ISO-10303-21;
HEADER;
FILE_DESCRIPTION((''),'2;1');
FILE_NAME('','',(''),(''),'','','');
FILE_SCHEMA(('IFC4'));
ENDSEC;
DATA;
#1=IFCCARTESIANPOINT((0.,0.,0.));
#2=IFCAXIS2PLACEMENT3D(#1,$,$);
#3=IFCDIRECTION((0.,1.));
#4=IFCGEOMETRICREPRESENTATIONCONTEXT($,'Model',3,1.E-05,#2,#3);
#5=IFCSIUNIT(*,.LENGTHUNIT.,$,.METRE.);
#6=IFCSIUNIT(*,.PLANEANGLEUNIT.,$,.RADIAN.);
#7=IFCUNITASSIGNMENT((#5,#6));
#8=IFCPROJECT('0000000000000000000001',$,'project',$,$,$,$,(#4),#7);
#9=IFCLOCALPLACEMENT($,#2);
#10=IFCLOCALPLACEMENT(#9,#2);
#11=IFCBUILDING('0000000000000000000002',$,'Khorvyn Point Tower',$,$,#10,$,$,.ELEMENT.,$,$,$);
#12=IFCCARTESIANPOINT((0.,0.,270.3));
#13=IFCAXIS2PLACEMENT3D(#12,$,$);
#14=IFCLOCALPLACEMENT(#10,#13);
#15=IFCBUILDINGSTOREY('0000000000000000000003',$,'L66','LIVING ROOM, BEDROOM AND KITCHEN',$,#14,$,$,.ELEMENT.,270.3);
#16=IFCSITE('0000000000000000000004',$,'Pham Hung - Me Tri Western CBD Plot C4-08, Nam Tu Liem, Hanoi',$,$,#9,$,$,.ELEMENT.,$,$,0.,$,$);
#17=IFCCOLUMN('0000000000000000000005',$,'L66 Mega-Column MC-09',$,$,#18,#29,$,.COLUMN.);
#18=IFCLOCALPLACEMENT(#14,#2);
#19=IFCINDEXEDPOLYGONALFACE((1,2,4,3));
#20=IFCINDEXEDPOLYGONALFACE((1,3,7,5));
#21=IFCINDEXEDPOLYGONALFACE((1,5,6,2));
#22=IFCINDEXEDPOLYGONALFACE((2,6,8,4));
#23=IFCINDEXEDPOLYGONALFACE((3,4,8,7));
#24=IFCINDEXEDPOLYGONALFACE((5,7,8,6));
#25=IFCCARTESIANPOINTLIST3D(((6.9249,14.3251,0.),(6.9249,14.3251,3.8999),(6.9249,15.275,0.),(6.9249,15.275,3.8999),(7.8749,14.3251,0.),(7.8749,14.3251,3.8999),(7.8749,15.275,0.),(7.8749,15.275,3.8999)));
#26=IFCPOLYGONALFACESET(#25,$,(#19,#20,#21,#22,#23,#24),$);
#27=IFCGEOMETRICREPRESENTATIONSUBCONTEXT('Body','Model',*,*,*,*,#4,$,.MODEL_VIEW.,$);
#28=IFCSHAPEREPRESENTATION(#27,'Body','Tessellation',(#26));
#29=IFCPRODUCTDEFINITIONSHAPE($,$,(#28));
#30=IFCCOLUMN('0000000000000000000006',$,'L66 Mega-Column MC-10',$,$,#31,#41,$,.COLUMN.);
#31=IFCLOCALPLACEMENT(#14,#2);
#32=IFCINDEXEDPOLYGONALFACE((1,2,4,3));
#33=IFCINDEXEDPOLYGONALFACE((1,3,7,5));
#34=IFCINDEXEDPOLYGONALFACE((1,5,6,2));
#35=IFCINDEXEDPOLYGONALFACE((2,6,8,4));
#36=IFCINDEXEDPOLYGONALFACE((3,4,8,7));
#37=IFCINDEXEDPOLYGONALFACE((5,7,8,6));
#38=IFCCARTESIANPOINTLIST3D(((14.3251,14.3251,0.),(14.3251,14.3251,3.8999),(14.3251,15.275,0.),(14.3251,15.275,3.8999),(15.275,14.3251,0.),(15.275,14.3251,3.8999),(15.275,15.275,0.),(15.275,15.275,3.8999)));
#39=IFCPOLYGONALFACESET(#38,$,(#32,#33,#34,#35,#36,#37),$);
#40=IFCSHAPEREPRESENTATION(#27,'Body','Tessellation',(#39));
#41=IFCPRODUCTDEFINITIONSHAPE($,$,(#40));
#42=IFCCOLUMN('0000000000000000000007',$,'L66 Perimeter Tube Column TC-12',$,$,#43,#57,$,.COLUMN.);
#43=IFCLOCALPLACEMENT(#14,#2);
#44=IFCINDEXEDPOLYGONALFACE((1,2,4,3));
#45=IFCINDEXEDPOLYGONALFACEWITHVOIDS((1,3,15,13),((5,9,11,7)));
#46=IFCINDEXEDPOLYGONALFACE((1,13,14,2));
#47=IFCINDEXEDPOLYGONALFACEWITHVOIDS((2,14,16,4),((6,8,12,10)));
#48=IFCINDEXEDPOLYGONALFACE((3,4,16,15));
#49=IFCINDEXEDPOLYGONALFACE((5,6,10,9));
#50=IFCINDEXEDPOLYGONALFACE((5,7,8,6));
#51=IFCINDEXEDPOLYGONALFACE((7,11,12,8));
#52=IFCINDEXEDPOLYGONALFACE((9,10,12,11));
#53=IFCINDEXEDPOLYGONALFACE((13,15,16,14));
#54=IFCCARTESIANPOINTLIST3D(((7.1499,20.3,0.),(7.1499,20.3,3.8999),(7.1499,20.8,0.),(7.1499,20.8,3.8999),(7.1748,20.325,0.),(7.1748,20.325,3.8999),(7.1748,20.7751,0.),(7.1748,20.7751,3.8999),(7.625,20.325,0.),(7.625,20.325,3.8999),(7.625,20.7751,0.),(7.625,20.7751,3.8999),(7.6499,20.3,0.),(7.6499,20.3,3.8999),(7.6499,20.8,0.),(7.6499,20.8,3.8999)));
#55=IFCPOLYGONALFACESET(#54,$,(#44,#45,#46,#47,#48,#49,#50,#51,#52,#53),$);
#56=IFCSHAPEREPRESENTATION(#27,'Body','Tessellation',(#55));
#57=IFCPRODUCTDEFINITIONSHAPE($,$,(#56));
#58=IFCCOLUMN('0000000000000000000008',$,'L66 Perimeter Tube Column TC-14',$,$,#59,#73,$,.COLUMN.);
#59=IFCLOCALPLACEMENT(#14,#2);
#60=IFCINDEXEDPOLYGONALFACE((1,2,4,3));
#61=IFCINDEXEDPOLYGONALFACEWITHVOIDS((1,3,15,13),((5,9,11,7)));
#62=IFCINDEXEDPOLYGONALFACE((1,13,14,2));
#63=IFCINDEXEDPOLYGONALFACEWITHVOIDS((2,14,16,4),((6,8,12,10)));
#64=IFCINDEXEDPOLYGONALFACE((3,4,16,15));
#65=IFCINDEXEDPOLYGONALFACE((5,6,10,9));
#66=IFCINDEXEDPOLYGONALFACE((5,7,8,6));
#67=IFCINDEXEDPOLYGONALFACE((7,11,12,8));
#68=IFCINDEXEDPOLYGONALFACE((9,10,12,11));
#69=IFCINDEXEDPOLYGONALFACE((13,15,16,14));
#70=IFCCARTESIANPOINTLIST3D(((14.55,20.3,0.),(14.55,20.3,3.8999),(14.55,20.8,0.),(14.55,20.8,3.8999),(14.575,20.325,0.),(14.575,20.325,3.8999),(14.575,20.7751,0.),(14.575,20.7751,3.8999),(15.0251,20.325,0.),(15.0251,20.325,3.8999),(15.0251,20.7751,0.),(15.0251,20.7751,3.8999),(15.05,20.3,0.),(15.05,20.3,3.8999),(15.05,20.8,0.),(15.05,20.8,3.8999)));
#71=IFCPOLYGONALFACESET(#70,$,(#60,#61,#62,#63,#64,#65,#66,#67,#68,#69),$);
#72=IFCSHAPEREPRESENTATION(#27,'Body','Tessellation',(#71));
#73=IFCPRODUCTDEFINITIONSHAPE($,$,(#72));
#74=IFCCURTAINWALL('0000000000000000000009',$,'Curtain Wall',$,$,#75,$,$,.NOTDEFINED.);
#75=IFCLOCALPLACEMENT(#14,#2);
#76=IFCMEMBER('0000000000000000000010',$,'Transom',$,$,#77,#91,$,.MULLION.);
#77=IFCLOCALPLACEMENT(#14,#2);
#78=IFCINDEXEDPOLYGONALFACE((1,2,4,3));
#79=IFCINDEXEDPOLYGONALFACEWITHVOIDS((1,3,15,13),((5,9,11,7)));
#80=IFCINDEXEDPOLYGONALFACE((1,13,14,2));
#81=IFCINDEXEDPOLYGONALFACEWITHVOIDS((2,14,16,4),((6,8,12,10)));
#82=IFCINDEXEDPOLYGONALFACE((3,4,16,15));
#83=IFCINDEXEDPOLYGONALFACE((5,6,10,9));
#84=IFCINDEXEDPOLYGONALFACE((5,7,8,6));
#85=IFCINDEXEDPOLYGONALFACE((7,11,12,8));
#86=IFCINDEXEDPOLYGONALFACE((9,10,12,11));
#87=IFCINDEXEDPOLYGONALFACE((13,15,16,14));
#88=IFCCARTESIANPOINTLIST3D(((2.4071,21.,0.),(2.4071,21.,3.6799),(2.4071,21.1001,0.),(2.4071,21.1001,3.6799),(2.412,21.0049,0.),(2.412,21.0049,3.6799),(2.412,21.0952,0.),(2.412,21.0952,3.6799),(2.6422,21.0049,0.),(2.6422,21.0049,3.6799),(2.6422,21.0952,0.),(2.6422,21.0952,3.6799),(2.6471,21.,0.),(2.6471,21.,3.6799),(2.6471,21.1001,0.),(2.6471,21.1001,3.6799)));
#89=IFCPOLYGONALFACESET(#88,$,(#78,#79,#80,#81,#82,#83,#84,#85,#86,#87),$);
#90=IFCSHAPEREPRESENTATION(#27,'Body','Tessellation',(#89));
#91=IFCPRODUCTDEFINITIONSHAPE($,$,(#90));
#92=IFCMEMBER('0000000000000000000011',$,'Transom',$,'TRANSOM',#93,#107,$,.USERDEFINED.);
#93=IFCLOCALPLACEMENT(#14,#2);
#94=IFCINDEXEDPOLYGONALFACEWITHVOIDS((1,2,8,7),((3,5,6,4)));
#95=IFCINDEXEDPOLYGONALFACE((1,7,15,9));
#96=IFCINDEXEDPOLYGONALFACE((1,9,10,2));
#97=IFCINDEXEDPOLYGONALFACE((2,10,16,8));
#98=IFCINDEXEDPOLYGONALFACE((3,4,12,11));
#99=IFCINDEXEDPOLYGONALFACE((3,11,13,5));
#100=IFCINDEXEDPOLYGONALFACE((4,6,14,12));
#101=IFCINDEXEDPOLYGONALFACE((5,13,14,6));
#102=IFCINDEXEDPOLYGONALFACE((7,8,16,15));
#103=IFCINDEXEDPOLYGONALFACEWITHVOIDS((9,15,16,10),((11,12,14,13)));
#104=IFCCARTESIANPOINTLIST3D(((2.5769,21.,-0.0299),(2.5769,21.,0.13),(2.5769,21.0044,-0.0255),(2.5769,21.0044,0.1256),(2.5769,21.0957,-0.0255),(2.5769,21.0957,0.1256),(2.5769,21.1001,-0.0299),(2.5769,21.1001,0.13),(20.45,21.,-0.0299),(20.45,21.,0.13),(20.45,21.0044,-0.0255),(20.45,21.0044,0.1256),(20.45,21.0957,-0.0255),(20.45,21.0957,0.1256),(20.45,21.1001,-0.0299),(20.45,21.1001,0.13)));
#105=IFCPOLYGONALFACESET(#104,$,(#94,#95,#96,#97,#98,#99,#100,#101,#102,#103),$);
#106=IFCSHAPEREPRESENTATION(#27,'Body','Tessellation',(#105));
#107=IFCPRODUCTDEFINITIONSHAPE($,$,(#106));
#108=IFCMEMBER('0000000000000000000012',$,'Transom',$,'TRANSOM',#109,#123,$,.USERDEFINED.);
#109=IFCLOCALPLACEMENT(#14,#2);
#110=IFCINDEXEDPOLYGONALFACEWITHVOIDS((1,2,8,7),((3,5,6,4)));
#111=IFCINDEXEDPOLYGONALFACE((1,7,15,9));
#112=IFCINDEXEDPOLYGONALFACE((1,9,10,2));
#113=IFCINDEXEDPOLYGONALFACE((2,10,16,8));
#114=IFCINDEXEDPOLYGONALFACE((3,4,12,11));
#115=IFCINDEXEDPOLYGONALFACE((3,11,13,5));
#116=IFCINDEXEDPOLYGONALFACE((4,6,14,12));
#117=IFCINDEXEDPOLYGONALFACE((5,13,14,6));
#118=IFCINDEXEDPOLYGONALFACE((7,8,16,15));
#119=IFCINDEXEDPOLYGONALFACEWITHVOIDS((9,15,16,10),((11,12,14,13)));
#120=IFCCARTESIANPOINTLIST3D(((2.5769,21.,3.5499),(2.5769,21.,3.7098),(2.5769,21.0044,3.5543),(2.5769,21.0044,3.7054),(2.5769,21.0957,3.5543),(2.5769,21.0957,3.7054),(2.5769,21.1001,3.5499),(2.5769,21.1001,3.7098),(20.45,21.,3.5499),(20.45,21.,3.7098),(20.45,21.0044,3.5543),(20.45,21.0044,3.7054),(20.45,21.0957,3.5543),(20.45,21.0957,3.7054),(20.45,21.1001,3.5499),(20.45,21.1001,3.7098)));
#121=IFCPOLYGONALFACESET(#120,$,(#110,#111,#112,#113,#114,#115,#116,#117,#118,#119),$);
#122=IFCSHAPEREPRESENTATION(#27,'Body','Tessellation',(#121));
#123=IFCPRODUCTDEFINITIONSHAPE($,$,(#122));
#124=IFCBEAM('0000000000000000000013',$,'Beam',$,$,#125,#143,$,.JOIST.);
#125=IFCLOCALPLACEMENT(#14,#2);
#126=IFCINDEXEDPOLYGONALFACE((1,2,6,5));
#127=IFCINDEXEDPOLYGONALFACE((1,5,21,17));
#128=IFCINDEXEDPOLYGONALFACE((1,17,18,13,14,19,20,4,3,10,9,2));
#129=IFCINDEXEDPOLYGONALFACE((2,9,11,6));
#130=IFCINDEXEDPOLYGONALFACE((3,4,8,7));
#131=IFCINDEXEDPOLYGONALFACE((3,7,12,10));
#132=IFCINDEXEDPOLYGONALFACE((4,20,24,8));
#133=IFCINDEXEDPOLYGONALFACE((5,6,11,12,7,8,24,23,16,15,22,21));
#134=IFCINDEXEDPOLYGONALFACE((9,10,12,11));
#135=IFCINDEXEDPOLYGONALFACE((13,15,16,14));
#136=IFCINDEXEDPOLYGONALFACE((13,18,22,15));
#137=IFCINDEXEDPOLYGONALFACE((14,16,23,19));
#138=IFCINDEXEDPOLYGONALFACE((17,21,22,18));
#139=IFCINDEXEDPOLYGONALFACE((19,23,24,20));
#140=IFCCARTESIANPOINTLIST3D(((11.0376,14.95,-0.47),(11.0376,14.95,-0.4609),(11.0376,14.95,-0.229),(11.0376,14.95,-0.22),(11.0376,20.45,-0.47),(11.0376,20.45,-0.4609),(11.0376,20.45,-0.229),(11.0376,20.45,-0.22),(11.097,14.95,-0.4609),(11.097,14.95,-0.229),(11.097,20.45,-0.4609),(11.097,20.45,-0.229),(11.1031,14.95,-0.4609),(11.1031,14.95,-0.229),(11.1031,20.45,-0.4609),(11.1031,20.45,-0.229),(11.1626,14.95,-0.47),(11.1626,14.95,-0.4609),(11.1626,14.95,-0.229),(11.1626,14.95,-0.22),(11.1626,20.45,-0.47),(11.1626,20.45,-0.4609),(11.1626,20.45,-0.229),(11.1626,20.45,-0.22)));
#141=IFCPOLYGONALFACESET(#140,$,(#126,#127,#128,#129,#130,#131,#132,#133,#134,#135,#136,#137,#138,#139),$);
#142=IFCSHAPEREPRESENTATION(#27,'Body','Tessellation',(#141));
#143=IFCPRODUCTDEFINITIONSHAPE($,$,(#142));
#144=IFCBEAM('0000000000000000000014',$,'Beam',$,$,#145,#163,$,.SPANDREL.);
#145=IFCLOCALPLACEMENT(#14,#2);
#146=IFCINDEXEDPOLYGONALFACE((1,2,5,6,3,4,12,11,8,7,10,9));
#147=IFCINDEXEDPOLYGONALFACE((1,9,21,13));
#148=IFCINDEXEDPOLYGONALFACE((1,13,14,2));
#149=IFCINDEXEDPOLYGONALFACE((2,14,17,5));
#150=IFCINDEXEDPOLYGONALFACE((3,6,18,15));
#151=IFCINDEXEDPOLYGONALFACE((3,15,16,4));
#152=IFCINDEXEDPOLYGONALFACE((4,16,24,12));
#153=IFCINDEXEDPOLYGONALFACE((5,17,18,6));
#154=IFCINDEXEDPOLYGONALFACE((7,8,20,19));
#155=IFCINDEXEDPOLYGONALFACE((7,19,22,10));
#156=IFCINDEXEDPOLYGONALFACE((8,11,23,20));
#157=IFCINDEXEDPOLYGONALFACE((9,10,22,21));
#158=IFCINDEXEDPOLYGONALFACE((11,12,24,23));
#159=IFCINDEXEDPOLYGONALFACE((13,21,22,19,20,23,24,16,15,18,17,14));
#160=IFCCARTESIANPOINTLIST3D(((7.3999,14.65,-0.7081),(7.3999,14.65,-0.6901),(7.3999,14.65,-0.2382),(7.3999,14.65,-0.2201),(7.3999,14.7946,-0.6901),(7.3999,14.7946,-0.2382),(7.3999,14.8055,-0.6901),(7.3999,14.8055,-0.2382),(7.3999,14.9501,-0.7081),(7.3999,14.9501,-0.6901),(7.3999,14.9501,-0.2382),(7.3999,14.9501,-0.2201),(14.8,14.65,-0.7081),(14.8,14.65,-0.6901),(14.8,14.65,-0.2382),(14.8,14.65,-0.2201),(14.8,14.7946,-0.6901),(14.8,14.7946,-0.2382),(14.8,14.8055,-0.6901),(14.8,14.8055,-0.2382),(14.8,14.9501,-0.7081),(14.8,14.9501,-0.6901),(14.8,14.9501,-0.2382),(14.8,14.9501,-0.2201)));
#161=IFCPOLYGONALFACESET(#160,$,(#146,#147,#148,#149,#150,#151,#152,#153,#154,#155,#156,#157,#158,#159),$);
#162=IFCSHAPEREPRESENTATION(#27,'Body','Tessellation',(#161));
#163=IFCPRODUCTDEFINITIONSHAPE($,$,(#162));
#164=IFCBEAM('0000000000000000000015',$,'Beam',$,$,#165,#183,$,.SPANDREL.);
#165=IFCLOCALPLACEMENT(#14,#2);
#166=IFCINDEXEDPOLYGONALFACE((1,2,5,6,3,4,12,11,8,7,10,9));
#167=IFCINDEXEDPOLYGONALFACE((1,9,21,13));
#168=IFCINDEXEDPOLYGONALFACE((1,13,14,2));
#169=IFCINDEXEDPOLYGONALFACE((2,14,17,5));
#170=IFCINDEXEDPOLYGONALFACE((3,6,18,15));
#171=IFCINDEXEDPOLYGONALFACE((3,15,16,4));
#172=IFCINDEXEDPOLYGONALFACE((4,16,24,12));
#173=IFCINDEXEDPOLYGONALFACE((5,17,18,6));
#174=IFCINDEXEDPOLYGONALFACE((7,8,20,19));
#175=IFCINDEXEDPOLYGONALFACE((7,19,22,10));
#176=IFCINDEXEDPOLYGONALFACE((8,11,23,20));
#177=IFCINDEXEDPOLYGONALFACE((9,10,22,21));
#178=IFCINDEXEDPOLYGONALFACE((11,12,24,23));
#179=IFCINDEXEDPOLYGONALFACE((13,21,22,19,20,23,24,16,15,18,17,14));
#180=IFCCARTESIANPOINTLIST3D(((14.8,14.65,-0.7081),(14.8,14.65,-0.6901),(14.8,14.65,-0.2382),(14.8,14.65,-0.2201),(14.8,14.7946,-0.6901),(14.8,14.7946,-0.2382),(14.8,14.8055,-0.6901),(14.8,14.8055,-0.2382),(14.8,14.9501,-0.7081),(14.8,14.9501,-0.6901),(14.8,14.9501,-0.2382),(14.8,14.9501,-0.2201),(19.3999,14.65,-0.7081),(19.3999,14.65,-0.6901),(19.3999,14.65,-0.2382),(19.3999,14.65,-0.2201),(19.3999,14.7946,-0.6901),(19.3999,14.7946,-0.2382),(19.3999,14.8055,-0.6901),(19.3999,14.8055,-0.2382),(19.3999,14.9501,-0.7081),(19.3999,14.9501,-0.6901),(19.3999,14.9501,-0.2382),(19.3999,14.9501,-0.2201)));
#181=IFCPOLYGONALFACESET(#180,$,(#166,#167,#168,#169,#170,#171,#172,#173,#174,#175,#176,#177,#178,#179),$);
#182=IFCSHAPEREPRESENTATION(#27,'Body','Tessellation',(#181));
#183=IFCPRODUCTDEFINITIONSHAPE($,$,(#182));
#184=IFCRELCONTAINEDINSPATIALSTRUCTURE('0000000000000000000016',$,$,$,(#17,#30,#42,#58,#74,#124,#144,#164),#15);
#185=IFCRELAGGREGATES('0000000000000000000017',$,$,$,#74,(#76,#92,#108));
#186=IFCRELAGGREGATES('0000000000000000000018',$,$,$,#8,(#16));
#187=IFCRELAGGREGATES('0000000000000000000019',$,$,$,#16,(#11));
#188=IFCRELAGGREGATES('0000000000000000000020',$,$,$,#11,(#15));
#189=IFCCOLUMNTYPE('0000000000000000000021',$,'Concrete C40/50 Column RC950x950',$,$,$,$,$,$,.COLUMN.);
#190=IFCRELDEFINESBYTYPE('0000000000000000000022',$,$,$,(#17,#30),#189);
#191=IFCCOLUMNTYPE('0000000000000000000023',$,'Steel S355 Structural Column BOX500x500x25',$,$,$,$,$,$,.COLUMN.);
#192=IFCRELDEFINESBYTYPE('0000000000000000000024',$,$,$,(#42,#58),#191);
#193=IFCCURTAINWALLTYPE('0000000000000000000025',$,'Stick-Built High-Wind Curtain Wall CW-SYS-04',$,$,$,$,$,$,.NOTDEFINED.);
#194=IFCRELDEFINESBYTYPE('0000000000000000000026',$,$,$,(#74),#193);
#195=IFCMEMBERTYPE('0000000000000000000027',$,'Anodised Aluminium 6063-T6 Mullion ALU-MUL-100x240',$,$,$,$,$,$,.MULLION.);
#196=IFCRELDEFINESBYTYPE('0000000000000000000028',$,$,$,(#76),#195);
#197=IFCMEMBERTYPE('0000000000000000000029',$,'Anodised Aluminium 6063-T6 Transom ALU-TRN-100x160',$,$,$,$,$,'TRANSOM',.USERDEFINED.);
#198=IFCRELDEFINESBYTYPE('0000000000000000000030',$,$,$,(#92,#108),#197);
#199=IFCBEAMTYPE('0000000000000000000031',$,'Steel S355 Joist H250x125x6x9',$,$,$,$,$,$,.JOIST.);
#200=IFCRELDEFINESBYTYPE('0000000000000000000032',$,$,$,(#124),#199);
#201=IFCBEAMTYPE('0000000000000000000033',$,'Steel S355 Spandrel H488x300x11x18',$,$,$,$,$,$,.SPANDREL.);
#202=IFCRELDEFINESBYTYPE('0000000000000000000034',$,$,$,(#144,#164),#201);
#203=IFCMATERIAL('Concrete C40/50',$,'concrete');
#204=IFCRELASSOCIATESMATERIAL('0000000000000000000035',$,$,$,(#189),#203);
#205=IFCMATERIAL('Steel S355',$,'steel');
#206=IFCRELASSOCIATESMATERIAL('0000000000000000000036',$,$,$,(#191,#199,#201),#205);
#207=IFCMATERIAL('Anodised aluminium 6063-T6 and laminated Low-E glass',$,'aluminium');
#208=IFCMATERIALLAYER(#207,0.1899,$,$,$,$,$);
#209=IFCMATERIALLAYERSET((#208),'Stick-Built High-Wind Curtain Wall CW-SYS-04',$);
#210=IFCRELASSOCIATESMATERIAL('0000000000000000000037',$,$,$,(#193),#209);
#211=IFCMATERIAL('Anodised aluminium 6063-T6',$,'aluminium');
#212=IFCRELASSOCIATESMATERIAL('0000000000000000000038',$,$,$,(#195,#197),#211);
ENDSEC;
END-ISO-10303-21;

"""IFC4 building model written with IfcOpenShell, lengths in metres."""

from ifc_helpers import new_model, si_unit, direction, frame, origin, origin_2d, place, context, subcontext, project, spatial, rectangle, hollow_rectangle, i_section, extrude, material, layer, layer_set, material_profile, profile_set, type_object, element, aggregate, save


model = new_model("IFC4")

# Units and contexts
model_context = context("Model", 3, precision=1e-05, world=origin(), true_north=direction((0.0, 1.0)))
body_context = subcontext(model_context, "Body", "Model", "MODEL_VIEW")
ifc_project = project(units=[si_unit("LENGTHUNIT", "METRE"), si_unit("PLANEANGLEUNIT", "RADIAN")], contexts=[model_context])

# Site, building, storey
site_placement = place(None, origin())
site = spatial("IfcSite", under=ifc_project, at=site_placement, Name="Pham Hung - Me Tri Western CBD Plot C4-08, Nam Tu Liem, Hanoi", CompositionType="ELEMENT", RefElevation=0.0)
building_placement = place(site_placement, origin())
building = spatial("IfcBuilding", under=site, at=building_placement, Name="Khorvyn Point Tower", CompositionType="ELEMENT")
storey_placement = place(building_placement, frame((0.0, 0.0, 270.3)))
storey = spatial("IfcBuildingStorey", under=building, at=storey_placement, Name="L66", Description="LIVING ROOM, BEDROOM AND KITCHEN", CompositionType="ELEMENT", Elevation=270.3)

# Columns
ifc_material_1 = material(Name="Concrete C40/50", Category="concrete")
ifc_material_profile_1 = material_profile(ifc_material_1, rectangle(XDim=0.95, YDim=0.95, at=origin_2d()))
ifc_profile_set_1 = profile_set([ifc_material_profile_1], Name="Concrete C40/50 RC950x950")
column_type_1 = type_object("IfcColumnType", Name="Concrete C40/50 Column RC950x950", PredefinedType="COLUMN", material=ifc_profile_set_1)
for number, where, z_axis, x_axis, name in (
    (1, (7.3999, 14.8, 0.0), (0.0, 0.0, 1.0), (1.0, 0.0, 0.0), "L66 Mega-Column MC-09"),
    (2, (14.8, 14.8, 0.0), (0.0, 0.0, 1.0), (1.0, 0.0, 0.0), "L66 Mega-Column MC-10"),
):
    element("IfcColumn", number, at=place(storey_placement, frame(where, z_axis=z_axis, x_axis=x_axis)), inside=storey, type_object=column_type_1, Name=name, PredefinedType="COLUMN", context=body_context, shape_type="SweptSolid", body=[
        extrude(rectangle(XDim=0.95, YDim=0.95, at=origin_2d()), origin(), (0.0, 0.0, 1.0), 3.8999),
    ])
ifc_material_2 = material(Name="Steel S355", Category="steel")
ifc_material_profile_2 = material_profile(ifc_material_2, hollow_rectangle(XDim=0.5, YDim=0.5, WallThickness=0.0249, at=origin_2d()))
ifc_profile_set_2 = profile_set([ifc_material_profile_2], Name="Steel S355 BOX500x500x25")
column_type_2 = type_object("IfcColumnType", Name="Steel S355 Structural Column BOX500x500x25", PredefinedType="COLUMN", material=ifc_profile_set_2)
for number, where, z_axis, x_axis, name in (
    (3, (7.3999, 20.55, 0.0), (0.0, 0.0, 1.0), (1.0, 0.0, 0.0), "L66 Perimeter Tube Column TC-12"),
    (4, (14.8, 20.55, 0.0), (0.0, 0.0, 1.0), (1.0, 0.0, 0.0), "L66 Perimeter Tube Column TC-14"),
):
    element("IfcColumn", number, at=place(storey_placement, frame(where, z_axis=z_axis, x_axis=x_axis)), inside=storey, type_object=column_type_2, Name=name, PredefinedType="COLUMN", context=body_context, shape_type="SweptSolid", body=[
        extrude(hollow_rectangle(XDim=0.5, YDim=0.5, WallThickness=0.0249, at=origin_2d()), origin(), (0.0, 0.0, 1.0), 3.8999),
    ])

# Curtain wall, members
ifc_material_3 = material(Name="Anodised aluminium 6063-T6 and laminated Low-E glass", Category="aluminium")
ifc_layer_1 = layer(ifc_material_3, 0.1899)
ifc_layer_set_1 = layer_set([ifc_layer_1], Name="Stick-Built High-Wind Curtain Wall CW-SYS-04")
curtain_wall_type = type_object("IfcCurtainWallType", Name="Stick-Built High-Wind Curtain Wall CW-SYS-04", PredefinedType="NOTDEFINED", material=ifc_layer_set_1)
curtain_wall_placement = place(storey_placement, origin())
curtain_wall = element("IfcCurtainWall", 5, at=curtain_wall_placement, inside=storey, type_object=curtain_wall_type, Name="Curtain Wall", PredefinedType="NOTDEFINED")
ifc_material_4 = material(Name="Anodised aluminium 6063-T6", Category="aluminium")
ifc_material_profile_3 = material_profile(ifc_material_4, hollow_rectangle(XDim=0.1001, YDim=0.24, WallThickness=0.0049, at=origin_2d()))
ifc_profile_set_3 = profile_set([ifc_material_profile_3], Name="Anodised aluminium 6063-T6 ALU-MUL-100x240")
member_type_1 = type_object("IfcMemberType", Name="Anodised Aluminium 6063-T6 Mullion ALU-MUL-100x240", PredefinedType="MULLION", material=ifc_profile_set_3)
member_1_placement = place(storey_placement, frame((2.5271, 21.05, 0.0), z_axis=(0.0, 0.0, 1.0), x_axis=(0.0, 1.0, 0.0)))
member_1 = element("IfcMember", 6, at=member_1_placement, type_object=member_type_1, Name="Transom", PredefinedType="MULLION", context=body_context, shape_type="SweptSolid", body=[
    extrude(hollow_rectangle(XDim=0.1001, YDim=0.24, WallThickness=0.0049, at=origin_2d()), origin(), (0.0, 0.0, 1.0), 3.6799),
])
ifc_material_profile_4 = material_profile(ifc_material_4, hollow_rectangle(XDim=0.1001, YDim=0.1599, WallThickness=0.0044, at=origin_2d()))
ifc_profile_set_4 = profile_set([ifc_material_profile_4], Name="Anodised aluminium 6063-T6 ALU-TRN-100x160")
member_type_2 = type_object("IfcMemberType", Name="Anodised Aluminium 6063-T6 Transom ALU-TRN-100x160", ElementType="TRANSOM", PredefinedType="USERDEFINED", material=ifc_profile_set_4)
member_2_placement = place(storey_placement, frame((2.5769, 21.05, 0.05), z_axis=(1.0, 0.0, 0.0), x_axis=(0.0, 1.0, 0.0)))
member_2 = element("IfcMember", 7, at=member_2_placement, type_object=member_type_2, Name="Transom", ObjectType="TRANSOM", PredefinedType="USERDEFINED", context=body_context, shape_type="SweptSolid", body=[
    extrude(hollow_rectangle(XDim=0.1001, YDim=0.1599, WallThickness=0.0044, at=origin_2d()), origin(), (0.0, 0.0, 1.0), 17.873),
])
member_3_placement = place(storey_placement, frame((2.5769, 21.05, 3.6299), z_axis=(1.0, 0.0, 0.0), x_axis=(0.0, 1.0, 0.0)))
member_3 = element("IfcMember", 8, at=member_3_placement, type_object=member_type_2, Name="Transom", ObjectType="TRANSOM", PredefinedType="USERDEFINED", context=body_context, shape_type="SweptSolid", body=[
    extrude(hollow_rectangle(XDim=0.1001, YDim=0.1599, WallThickness=0.0044, at=origin_2d()), origin(), (0.0, 0.0, 1.0), 17.873),
])

# Beams
ifc_material_profile_5 = material_profile(ifc_material_2, i_section(OverallWidth=0.125, OverallDepth=0.25, WebThickness=0.0061, FlangeThickness=0.009, at=origin_2d()))
ifc_profile_set_5 = profile_set([ifc_material_profile_5], Name="Steel S355 H250x125x6x9")
beam_type_1 = type_object("IfcBeamType", Name="Steel S355 Joist H250x125x6x9", PredefinedType="JOIST", material=ifc_profile_set_5)
beam_1_placement = place(storey_placement, frame((11.1001, 14.95, -0.345), z_axis=(0.0, 1.0, 0.0), x_axis=(-1.0, 0.0, 0.0)))
element("IfcBeam", 9, at=beam_1_placement, inside=storey, type_object=beam_type_1, Name="Beam", PredefinedType="JOIST", context=body_context, shape_type="SweptSolid", body=[
    extrude(i_section(OverallWidth=0.125, OverallDepth=0.25, WebThickness=0.0061, FlangeThickness=0.009, at=origin_2d()), origin(), (0.0, 0.0, 1.0), 5.5),
])
ifc_material_profile_6 = material_profile(ifc_material_2, i_section(OverallWidth=0.3, OverallDepth=0.488, WebThickness=0.011, FlangeThickness=0.0181, at=origin_2d()))
ifc_profile_set_6 = profile_set([ifc_material_profile_6], Name="Steel S355 H488x300x11x18")
beam_type_2 = type_object("IfcBeamType", Name="Steel S355 Spandrel H488x300x11x18", PredefinedType="SPANDREL", material=ifc_profile_set_6)
beam_2_placement = place(storey_placement, frame((7.3999, 14.8, -0.4641), z_axis=(1.0, 0.0, 0.0), x_axis=(0.0, 1.0, 0.0)))
element("IfcBeam", 10, at=beam_2_placement, inside=storey, type_object=beam_type_2, Name="Beam", PredefinedType="SPANDREL", context=body_context, shape_type="SweptSolid", body=[
    extrude(i_section(OverallWidth=0.3, OverallDepth=0.488, WebThickness=0.011, FlangeThickness=0.0181, at=origin_2d()), origin(), (0.0, 0.0, 1.0), 7.4001),
])
beam_3_placement = place(storey_placement, frame((14.8, 14.8, -0.4641), z_axis=(1.0, 0.0, 0.0), x_axis=(0.0, 1.0, 0.0)))
element("IfcBeam", 11, at=beam_3_placement, inside=storey, type_object=beam_type_2, Name="Beam", PredefinedType="SPANDREL", context=body_context, shape_type="SweptSolid", body=[
    extrude(i_section(OverallWidth=0.3, OverallDepth=0.488, WebThickness=0.011, FlangeThickness=0.0181, at=origin_2d()), origin(), (0.0, 0.0, 1.0), 4.5999),
])

aggregate(curtain_wall, [member_1, member_2, member_3])

save(model, "model.ifc")
